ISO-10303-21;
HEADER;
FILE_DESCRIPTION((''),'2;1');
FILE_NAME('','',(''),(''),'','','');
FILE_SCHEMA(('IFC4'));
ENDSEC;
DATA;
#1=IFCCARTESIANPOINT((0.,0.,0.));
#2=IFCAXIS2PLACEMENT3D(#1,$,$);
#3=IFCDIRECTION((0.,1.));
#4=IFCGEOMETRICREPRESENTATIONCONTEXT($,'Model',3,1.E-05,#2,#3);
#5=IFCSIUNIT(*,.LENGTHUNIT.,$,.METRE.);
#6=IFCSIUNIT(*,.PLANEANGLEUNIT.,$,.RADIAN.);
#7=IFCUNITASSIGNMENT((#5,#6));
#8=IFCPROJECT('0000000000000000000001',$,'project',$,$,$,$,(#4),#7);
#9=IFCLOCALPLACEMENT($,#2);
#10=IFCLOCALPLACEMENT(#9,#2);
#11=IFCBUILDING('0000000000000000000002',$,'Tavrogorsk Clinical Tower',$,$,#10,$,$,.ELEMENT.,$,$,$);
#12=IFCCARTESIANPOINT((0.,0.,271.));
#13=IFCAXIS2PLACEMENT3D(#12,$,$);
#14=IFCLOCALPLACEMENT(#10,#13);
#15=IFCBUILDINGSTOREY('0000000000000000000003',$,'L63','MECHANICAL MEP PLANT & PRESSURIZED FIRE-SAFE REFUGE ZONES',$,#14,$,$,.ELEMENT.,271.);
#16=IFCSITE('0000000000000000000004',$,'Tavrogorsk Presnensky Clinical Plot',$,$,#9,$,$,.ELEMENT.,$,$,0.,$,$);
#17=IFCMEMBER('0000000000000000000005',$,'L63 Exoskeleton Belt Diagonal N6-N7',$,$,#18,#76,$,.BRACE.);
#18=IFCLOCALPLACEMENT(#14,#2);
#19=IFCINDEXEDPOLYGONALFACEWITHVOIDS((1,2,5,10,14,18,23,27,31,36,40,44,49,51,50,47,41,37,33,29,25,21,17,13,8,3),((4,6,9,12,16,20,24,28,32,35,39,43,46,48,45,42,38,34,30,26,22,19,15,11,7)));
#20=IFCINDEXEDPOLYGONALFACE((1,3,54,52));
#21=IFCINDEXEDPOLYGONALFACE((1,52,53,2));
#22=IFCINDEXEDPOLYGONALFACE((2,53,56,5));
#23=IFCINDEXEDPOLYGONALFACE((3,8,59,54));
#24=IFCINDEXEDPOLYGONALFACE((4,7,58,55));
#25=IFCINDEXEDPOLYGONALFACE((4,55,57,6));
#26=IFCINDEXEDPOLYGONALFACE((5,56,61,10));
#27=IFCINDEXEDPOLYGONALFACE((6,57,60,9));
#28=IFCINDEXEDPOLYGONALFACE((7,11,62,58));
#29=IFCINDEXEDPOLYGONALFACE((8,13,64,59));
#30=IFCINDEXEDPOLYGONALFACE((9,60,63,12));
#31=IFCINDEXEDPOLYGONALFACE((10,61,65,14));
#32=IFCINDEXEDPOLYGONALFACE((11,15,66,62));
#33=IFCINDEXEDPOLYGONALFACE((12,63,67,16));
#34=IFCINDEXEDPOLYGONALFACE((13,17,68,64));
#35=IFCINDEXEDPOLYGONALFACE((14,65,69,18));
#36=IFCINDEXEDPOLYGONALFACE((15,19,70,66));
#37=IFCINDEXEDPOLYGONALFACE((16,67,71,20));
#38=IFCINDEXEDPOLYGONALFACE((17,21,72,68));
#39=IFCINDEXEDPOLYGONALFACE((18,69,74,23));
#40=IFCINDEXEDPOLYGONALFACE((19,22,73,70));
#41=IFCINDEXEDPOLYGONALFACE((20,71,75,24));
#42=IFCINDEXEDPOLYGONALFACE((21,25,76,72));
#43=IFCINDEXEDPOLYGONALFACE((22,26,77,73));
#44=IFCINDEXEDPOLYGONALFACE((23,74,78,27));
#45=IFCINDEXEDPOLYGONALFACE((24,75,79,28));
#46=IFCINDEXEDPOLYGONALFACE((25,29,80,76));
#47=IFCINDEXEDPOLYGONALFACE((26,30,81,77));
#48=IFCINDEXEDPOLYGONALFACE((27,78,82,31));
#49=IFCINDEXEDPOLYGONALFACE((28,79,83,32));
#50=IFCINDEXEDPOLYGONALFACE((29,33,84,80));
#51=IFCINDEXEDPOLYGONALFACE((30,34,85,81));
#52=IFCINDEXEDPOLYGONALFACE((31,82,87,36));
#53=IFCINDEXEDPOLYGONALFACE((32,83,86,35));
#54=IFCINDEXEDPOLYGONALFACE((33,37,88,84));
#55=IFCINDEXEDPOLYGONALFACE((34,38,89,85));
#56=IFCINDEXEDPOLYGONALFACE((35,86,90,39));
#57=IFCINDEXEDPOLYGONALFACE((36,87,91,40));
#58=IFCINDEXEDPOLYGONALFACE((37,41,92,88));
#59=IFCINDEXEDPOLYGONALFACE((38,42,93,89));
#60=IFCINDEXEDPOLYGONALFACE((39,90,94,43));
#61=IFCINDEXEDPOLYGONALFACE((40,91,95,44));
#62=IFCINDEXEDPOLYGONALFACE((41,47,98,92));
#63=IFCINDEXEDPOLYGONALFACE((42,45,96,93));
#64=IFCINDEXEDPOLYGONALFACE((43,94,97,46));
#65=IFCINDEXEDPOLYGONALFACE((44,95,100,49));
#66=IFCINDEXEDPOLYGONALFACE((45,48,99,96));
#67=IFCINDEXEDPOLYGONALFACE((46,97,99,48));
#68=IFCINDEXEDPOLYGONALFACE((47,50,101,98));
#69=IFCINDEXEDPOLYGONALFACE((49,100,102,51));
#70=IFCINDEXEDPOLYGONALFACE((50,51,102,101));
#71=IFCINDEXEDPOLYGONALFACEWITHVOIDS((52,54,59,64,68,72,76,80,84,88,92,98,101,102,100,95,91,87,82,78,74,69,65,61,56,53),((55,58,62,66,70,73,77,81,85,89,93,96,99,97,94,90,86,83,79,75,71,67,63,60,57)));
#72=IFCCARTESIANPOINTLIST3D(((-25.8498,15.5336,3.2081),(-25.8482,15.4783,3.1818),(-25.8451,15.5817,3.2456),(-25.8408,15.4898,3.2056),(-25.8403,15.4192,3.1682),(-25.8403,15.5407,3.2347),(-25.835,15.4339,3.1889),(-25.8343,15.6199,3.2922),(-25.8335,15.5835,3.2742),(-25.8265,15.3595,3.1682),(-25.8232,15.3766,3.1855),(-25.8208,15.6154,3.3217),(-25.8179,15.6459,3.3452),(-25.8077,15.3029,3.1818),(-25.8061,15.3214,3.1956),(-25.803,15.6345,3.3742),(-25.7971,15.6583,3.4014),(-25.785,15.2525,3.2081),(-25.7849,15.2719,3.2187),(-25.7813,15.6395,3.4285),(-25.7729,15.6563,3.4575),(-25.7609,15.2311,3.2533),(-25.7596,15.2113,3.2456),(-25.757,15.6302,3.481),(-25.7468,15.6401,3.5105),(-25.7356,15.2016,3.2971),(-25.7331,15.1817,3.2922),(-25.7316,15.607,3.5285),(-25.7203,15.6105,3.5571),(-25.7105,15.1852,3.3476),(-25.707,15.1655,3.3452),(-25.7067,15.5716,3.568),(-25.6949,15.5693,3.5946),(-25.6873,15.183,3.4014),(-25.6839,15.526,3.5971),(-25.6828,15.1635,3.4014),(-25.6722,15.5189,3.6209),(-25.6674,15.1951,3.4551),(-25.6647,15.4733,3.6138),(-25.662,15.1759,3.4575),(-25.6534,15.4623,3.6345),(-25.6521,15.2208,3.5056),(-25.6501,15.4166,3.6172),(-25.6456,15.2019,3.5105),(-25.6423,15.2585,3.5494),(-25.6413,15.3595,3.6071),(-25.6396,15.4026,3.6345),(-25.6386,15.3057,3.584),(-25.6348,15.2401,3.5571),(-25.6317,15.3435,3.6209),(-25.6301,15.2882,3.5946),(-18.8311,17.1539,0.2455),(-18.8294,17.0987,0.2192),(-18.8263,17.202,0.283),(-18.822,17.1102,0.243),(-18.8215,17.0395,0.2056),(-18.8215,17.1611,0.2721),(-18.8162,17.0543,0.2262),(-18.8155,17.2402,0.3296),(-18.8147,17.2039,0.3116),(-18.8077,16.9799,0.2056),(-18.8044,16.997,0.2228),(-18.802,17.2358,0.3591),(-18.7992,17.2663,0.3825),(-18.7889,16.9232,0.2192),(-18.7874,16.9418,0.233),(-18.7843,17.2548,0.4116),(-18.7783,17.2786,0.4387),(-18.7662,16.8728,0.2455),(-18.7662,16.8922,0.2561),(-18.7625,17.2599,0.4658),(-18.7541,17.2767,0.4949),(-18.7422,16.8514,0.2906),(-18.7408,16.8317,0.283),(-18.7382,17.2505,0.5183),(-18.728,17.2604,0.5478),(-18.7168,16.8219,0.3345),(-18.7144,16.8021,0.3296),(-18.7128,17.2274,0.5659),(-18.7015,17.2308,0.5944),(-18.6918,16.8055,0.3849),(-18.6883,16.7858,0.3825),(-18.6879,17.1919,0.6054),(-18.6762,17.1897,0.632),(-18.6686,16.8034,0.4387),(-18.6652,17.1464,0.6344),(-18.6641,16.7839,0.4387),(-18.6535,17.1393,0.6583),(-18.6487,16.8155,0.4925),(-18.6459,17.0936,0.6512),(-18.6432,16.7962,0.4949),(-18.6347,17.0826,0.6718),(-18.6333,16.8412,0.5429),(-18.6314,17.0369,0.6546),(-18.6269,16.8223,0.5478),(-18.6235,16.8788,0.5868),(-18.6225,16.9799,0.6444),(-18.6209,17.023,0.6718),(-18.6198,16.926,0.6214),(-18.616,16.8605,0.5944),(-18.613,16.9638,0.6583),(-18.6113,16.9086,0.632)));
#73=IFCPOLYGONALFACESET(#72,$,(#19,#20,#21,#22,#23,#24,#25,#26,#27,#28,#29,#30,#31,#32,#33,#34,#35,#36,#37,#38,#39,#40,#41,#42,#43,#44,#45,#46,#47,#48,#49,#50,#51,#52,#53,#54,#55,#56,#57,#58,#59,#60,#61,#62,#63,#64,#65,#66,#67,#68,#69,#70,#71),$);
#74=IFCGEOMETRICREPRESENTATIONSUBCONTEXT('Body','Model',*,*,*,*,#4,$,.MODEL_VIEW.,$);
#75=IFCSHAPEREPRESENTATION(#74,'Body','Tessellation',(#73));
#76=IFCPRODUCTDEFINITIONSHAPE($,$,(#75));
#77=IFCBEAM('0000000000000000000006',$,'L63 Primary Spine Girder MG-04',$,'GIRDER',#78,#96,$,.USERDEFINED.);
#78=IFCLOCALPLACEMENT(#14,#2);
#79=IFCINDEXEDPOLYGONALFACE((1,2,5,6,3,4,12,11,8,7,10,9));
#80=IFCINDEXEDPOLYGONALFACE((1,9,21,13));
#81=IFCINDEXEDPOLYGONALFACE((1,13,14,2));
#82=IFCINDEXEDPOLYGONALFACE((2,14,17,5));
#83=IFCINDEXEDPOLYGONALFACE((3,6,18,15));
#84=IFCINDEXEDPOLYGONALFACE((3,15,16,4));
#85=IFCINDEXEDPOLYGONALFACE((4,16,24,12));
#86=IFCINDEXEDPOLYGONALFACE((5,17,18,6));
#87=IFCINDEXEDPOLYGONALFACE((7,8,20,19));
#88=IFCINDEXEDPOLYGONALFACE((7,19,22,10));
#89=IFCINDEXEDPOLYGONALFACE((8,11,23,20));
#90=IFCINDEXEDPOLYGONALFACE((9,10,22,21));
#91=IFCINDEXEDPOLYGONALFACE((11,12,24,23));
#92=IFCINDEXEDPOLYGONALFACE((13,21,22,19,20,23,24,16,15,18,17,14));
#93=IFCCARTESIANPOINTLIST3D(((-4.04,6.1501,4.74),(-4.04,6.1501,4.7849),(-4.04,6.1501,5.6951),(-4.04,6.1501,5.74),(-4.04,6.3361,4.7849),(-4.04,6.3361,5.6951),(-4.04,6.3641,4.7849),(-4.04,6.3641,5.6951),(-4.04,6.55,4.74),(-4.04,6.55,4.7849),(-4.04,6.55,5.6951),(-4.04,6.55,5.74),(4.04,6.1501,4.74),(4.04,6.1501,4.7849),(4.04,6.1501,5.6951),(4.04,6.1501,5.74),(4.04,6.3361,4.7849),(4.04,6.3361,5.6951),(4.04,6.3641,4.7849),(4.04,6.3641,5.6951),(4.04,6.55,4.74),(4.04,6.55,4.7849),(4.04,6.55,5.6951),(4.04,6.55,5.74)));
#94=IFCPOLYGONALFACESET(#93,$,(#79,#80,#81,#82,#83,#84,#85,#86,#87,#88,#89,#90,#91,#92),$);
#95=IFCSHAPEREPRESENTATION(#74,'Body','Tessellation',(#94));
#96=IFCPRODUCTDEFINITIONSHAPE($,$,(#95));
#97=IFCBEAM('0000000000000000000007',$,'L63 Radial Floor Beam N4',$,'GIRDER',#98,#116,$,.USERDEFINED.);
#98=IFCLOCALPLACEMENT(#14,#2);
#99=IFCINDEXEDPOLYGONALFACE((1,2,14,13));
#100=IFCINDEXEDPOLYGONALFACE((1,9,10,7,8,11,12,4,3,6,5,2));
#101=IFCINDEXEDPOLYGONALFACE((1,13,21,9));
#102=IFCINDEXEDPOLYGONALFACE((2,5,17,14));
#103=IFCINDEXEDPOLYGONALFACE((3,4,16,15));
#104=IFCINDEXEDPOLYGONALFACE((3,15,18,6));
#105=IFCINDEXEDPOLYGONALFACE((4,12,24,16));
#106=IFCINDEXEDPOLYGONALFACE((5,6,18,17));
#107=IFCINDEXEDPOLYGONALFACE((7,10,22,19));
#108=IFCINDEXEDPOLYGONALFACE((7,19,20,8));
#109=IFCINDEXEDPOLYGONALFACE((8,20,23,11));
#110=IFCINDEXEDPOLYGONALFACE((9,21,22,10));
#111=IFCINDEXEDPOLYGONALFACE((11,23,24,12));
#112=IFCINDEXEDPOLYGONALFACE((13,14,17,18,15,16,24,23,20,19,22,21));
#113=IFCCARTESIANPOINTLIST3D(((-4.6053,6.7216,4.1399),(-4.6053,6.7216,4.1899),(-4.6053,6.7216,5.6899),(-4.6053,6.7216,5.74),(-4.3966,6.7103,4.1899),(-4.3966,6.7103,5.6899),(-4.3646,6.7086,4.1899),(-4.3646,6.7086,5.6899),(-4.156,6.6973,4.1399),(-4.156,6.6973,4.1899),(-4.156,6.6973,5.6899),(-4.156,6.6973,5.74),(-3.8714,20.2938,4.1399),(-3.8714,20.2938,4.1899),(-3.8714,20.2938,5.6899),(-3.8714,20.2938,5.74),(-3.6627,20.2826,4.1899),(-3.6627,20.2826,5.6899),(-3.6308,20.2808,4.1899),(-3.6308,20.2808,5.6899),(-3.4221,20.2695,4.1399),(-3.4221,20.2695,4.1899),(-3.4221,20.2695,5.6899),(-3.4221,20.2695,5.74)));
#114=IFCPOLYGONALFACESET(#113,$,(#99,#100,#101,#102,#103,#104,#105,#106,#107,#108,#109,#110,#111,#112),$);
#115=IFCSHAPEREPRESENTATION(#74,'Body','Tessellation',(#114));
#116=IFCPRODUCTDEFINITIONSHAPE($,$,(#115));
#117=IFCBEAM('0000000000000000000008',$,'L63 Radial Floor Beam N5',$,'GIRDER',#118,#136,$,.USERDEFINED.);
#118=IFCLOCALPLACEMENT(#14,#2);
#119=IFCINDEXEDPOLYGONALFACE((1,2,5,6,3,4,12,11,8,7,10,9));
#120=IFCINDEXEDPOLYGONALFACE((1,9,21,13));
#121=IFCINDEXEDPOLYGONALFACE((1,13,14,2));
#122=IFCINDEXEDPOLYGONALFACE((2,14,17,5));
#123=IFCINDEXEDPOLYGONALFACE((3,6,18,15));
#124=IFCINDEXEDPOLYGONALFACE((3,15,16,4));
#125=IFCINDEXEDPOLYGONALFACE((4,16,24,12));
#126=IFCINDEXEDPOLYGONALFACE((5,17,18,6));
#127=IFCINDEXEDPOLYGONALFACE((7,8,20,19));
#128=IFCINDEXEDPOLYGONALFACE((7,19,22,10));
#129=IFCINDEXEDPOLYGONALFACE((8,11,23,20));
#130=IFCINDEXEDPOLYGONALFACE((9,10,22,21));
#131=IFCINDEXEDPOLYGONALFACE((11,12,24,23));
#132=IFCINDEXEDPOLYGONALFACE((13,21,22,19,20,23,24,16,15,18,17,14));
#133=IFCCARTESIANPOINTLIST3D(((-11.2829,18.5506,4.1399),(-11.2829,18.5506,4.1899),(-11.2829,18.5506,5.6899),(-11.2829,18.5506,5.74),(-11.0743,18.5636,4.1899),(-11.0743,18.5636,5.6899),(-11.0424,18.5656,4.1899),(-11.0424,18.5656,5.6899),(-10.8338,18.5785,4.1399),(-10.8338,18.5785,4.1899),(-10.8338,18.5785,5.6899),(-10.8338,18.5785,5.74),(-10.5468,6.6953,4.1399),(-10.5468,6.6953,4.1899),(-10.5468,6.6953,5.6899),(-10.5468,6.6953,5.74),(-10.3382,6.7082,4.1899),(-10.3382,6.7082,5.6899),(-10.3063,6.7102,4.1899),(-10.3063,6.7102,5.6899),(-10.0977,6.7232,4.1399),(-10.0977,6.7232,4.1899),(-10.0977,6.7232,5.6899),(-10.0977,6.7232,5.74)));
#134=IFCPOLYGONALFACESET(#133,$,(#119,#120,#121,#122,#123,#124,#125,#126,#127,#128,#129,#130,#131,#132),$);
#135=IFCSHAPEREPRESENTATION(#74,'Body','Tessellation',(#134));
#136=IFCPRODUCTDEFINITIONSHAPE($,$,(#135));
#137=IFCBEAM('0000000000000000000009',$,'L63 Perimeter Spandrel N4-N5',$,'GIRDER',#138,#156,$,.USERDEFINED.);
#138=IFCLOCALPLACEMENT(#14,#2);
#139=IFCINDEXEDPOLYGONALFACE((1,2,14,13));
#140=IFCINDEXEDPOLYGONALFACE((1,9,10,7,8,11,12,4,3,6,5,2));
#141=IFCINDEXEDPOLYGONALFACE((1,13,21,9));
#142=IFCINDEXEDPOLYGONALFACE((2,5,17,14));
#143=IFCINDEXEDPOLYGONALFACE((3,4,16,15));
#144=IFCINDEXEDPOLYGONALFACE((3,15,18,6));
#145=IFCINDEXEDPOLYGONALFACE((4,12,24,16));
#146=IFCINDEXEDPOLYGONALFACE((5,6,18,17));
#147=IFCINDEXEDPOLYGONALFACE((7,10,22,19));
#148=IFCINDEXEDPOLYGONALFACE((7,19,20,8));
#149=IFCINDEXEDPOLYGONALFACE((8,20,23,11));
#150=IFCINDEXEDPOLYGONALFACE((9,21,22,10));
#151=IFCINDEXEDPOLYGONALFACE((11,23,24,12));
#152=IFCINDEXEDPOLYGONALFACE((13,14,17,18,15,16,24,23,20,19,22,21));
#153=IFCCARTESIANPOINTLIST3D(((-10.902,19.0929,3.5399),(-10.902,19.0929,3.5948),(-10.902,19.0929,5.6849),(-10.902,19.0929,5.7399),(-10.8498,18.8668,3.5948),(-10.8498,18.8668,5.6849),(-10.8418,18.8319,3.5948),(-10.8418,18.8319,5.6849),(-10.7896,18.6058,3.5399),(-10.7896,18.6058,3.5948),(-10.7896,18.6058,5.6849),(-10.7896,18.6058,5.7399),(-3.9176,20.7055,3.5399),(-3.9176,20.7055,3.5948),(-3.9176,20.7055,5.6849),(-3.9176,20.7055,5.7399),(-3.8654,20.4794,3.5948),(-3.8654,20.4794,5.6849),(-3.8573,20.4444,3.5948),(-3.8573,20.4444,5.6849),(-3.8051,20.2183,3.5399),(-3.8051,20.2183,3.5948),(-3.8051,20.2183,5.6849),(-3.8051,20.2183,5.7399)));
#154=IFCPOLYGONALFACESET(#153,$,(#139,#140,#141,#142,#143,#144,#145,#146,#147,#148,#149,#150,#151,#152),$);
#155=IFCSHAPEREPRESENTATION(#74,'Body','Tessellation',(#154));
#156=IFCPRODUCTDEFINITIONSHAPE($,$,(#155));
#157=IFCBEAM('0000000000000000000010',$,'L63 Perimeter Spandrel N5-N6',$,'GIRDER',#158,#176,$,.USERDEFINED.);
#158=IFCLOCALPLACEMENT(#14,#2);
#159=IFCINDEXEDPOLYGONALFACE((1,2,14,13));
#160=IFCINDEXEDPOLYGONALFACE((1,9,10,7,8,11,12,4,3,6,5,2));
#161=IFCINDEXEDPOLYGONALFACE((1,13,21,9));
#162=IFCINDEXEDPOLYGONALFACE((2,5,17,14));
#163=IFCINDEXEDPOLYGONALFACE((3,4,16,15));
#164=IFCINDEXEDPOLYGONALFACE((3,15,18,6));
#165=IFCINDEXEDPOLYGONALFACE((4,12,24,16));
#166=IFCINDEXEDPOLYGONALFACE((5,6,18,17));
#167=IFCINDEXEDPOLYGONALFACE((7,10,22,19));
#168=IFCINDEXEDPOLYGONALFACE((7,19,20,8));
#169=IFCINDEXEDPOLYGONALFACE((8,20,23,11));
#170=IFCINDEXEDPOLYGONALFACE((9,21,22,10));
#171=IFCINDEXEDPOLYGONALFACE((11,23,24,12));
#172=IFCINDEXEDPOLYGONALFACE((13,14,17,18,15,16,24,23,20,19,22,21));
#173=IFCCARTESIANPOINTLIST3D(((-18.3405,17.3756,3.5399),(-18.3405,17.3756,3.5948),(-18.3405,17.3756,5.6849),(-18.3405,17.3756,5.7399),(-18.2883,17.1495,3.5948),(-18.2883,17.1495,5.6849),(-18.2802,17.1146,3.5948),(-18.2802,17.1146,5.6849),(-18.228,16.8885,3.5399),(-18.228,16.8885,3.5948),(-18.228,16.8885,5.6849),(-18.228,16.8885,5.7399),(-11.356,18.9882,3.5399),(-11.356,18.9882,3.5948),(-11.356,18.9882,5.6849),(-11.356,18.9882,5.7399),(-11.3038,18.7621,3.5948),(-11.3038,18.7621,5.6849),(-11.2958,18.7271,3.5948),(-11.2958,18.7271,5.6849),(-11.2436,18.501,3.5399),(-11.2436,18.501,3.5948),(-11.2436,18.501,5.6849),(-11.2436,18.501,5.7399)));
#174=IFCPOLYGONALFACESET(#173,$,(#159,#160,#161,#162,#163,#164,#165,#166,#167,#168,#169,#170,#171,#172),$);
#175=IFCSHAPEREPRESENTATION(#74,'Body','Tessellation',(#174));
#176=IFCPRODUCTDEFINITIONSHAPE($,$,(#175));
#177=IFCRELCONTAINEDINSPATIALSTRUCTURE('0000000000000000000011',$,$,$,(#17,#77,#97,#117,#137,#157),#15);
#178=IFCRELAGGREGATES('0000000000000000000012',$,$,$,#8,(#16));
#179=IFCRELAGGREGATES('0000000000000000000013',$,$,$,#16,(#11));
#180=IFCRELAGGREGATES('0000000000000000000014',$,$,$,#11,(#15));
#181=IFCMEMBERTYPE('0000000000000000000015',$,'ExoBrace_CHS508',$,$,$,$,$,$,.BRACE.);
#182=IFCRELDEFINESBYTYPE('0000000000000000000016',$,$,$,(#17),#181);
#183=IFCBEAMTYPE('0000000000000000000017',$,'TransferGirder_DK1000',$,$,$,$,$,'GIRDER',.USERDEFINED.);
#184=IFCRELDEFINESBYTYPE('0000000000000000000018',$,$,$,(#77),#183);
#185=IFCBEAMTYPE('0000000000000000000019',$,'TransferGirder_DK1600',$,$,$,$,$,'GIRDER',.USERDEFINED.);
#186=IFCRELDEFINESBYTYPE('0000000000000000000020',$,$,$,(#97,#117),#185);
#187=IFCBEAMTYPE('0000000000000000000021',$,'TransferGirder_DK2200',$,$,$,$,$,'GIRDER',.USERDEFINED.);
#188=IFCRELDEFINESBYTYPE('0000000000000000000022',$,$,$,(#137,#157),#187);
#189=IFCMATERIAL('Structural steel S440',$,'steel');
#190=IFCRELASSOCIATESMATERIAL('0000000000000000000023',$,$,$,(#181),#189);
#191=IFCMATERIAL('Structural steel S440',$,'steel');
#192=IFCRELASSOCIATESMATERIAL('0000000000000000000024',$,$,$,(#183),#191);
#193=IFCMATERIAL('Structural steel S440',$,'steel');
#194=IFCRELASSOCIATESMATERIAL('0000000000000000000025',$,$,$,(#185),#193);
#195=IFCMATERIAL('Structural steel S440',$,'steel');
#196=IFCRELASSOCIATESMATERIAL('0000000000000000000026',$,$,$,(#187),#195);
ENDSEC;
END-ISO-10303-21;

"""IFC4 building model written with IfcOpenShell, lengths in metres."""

from ifc_helpers import new_model, si_unit, direction, frame, origin, origin_2d, place, context, subcontext, project, spatial, hollow_circle, i_section, extrude, material, material_profile, profile_set, type_object, element, save


model = new_model("IFC4")

# Units and contexts
model_context = context("Model", 3, precision=1e-05, world=origin(), true_north=direction((0.0, 1.0)))
body_context = subcontext(model_context, "Body", "Model", "MODEL_VIEW")
ifc_project = project(units=[si_unit("LENGTHUNIT", "METRE"), si_unit("PLANEANGLEUNIT", "RADIAN")], contexts=[model_context])

# Site, building, storey
site_placement = place(None, origin())
site = spatial("IfcSite", under=ifc_project, at=site_placement, Name="Tavrogorsk Presnensky Clinical Plot", CompositionType="ELEMENT", RefElevation=0.0)
building_placement = place(site_placement, origin())
building = spatial("IfcBuilding", under=site, at=building_placement, Name="Tavrogorsk Clinical Tower", CompositionType="ELEMENT")
storey_placement = place(building_placement, frame((0.0, 0.0, 271.0)))
storey = spatial("IfcBuildingStorey", under=building, at=storey_placement, Name="L63", Description="MECHANICAL MEP PLANT & PRESSURIZED FIRE-SAFE REFUGE ZONES", CompositionType="ELEMENT", Elevation=271.0)

# Member
ifc_material_1 = material(Name="Structural steel S440", Category="steel")
ifc_material_profile_1 = material_profile(ifc_material_1, hollow_circle(Radius=0.2539, WallThickness=0.02, at=origin_2d()), Name="CHS-508x20")
ifc_profile_set_1 = profile_set([ifc_material_profile_1], Name="Structural steel S440")
member_type = type_object("IfcMemberType", Name="ExoBrace_CHS508", PredefinedType="BRACE", material=ifc_profile_set_1)
member_placement = place(storey_placement, frame((-18.7212, 17.0312, 0.4387), z_axis=(-0.901133, -0.208036, 0.38037), x_axis=(0.224944, -0.974372, 0.0)))
element("IfcMember", 1, at=member_placement, inside=storey, type_object=member_type, Name="L63 Exoskeleton Belt Diagonal N6-N7", PredefinedType="BRACE", context=body_context, shape_type="SweptSolid", body=[
    extrude(hollow_circle(Radius=0.2539, WallThickness=0.02, at=origin_2d()), origin(), (0.0, 0.0, 1.0), 7.7888),
])

# Beams
ifc_material_2 = material(Name="Structural steel S440", Category="steel")
ifc_material_profile_2 = material_profile(ifc_material_2, i_section(OverallWidth=0.3999, OverallDepth=1.0, WebThickness=0.0281, FlangeThickness=0.0449, at=origin_2d()), Name="DK-1000x400x28x45")
ifc_profile_set_2 = profile_set([ifc_material_profile_2], Name="Structural steel S440")
beam_type_1 = type_object("IfcBeamType", Name="TransferGirder_DK1000", ElementType="GIRDER", PredefinedType="USERDEFINED", material=ifc_profile_set_2)
beam_1_placement = place(storey_placement, frame((-4.04, 6.3501, 5.24), z_axis=(1.0, 0.0, 0.0), x_axis=(0.0, 1.0, 0.0)))
element("IfcBeam", 2, at=beam_1_placement, inside=storey, type_object=beam_type_1, Name="L63 Primary Spine Girder MG-04", ObjectType="GIRDER", PredefinedType="USERDEFINED", context=body_context, shape_type="SweptSolid", body=[
    extrude(i_section(OverallWidth=0.3999, OverallDepth=1.0, WebThickness=0.0281, FlangeThickness=0.0449, at=origin_2d()), origin(), (0.0, 0.0, 1.0), 8.0801),
])
ifc_material_3 = material(Name="Structural steel S440", Category="steel")
ifc_material_profile_3 = material_profile(ifc_material_3, i_section(OverallWidth=0.45, OverallDepth=1.6001, WebThickness=0.032, FlangeThickness=0.05, at=origin_2d()), Name="DK-1600x450x32x50")
ifc_profile_set_3 = profile_set([ifc_material_profile_3], Name="Structural steel S440")
beam_type_2 = type_object("IfcBeamType", Name="TransferGirder_DK1600", ElementType="GIRDER", PredefinedType="USERDEFINED", material=ifc_profile_set_3)
beam_2_placement = place(storey_placement, frame((-4.3806, 6.7095, 4.9399), z_axis=(0.053994, 0.998541, 0.0), x_axis=(-0.998541, 0.053994, 0.0)))
element("IfcBeam", 3, at=beam_2_placement, inside=storey, type_object=beam_type_2, Name="L63 Radial Floor Beam N4", ObjectType="GIRDER", PredefinedType="USERDEFINED", context=body_context, shape_type="SweptSolid", body=[
    extrude(i_section(OverallWidth=0.45, OverallDepth=1.6001, WebThickness=0.032, FlangeThickness=0.05, at=origin_2d()), origin(), (0.0, 0.0, 1.0), 13.592),
])
beam_3_placement = place(storey_placement, frame((-10.3223, 6.7092, 4.9399), z_axis=(-0.06197, 0.998078, 0.0), x_axis=(-0.998078, -0.06197, 0.0)))
element("IfcBeam", 4, at=beam_3_placement, inside=storey, type_object=beam_type_2, Name="L63 Radial Floor Beam N5", ObjectType="GIRDER", PredefinedType="USERDEFINED", context=body_context, shape_type="SweptSolid", body=[
    extrude(i_section(OverallWidth=0.45, OverallDepth=1.6001, WebThickness=0.032, FlangeThickness=0.05, at=origin_2d()), origin(), (0.0, 0.0, 1.0), 11.8782),
])
ifc_material_4 = material(Name="Structural steel S440", Category="steel")
ifc_material_profile_4 = material_profile(ifc_material_4, i_section(OverallWidth=0.5, OverallDepth=2.2, WebThickness=0.0359, FlangeThickness=0.0549, at=origin_2d()), Name="DK-2200x500x36x55")
ifc_profile_set_4 = profile_set([ifc_material_profile_4], Name="Structural steel S440")
beam_type_3 = type_object("IfcBeamType", Name="TransferGirder_DK2200", ElementType="GIRDER", PredefinedType="USERDEFINED", material=ifc_profile_set_4)
for number, where, z_axis, x_axis, name in (
    (5, (-3.8613, 20.4619, 4.6399), (-0.974368, -0.224961, 0.0), (0.224961, -0.974368, 0.0), "L63 Perimeter Spandrel N4-N5"),
    (6, (-11.2998, 18.7446, 4.6399), (-0.974368, -0.224961, 0.0), (0.224961, -0.974368, 0.0), "L63 Perimeter Spandrel N5-N6"),
):
    element("IfcBeam", number, at=place(storey_placement, frame(where, z_axis=z_axis, x_axis=x_axis)), inside=storey, type_object=beam_type_3, Name=name, ObjectType="GIRDER", PredefinedType="USERDEFINED", context=body_context, shape_type="SweptSolid", body=[
        extrude(i_section(OverallWidth=0.5, OverallDepth=2.2, WebThickness=0.0359, FlangeThickness=0.0549, at=origin_2d()), origin(), (0.0, 0.0, 1.0), 7.1682),
    ])

save(model, "model.ifc")
